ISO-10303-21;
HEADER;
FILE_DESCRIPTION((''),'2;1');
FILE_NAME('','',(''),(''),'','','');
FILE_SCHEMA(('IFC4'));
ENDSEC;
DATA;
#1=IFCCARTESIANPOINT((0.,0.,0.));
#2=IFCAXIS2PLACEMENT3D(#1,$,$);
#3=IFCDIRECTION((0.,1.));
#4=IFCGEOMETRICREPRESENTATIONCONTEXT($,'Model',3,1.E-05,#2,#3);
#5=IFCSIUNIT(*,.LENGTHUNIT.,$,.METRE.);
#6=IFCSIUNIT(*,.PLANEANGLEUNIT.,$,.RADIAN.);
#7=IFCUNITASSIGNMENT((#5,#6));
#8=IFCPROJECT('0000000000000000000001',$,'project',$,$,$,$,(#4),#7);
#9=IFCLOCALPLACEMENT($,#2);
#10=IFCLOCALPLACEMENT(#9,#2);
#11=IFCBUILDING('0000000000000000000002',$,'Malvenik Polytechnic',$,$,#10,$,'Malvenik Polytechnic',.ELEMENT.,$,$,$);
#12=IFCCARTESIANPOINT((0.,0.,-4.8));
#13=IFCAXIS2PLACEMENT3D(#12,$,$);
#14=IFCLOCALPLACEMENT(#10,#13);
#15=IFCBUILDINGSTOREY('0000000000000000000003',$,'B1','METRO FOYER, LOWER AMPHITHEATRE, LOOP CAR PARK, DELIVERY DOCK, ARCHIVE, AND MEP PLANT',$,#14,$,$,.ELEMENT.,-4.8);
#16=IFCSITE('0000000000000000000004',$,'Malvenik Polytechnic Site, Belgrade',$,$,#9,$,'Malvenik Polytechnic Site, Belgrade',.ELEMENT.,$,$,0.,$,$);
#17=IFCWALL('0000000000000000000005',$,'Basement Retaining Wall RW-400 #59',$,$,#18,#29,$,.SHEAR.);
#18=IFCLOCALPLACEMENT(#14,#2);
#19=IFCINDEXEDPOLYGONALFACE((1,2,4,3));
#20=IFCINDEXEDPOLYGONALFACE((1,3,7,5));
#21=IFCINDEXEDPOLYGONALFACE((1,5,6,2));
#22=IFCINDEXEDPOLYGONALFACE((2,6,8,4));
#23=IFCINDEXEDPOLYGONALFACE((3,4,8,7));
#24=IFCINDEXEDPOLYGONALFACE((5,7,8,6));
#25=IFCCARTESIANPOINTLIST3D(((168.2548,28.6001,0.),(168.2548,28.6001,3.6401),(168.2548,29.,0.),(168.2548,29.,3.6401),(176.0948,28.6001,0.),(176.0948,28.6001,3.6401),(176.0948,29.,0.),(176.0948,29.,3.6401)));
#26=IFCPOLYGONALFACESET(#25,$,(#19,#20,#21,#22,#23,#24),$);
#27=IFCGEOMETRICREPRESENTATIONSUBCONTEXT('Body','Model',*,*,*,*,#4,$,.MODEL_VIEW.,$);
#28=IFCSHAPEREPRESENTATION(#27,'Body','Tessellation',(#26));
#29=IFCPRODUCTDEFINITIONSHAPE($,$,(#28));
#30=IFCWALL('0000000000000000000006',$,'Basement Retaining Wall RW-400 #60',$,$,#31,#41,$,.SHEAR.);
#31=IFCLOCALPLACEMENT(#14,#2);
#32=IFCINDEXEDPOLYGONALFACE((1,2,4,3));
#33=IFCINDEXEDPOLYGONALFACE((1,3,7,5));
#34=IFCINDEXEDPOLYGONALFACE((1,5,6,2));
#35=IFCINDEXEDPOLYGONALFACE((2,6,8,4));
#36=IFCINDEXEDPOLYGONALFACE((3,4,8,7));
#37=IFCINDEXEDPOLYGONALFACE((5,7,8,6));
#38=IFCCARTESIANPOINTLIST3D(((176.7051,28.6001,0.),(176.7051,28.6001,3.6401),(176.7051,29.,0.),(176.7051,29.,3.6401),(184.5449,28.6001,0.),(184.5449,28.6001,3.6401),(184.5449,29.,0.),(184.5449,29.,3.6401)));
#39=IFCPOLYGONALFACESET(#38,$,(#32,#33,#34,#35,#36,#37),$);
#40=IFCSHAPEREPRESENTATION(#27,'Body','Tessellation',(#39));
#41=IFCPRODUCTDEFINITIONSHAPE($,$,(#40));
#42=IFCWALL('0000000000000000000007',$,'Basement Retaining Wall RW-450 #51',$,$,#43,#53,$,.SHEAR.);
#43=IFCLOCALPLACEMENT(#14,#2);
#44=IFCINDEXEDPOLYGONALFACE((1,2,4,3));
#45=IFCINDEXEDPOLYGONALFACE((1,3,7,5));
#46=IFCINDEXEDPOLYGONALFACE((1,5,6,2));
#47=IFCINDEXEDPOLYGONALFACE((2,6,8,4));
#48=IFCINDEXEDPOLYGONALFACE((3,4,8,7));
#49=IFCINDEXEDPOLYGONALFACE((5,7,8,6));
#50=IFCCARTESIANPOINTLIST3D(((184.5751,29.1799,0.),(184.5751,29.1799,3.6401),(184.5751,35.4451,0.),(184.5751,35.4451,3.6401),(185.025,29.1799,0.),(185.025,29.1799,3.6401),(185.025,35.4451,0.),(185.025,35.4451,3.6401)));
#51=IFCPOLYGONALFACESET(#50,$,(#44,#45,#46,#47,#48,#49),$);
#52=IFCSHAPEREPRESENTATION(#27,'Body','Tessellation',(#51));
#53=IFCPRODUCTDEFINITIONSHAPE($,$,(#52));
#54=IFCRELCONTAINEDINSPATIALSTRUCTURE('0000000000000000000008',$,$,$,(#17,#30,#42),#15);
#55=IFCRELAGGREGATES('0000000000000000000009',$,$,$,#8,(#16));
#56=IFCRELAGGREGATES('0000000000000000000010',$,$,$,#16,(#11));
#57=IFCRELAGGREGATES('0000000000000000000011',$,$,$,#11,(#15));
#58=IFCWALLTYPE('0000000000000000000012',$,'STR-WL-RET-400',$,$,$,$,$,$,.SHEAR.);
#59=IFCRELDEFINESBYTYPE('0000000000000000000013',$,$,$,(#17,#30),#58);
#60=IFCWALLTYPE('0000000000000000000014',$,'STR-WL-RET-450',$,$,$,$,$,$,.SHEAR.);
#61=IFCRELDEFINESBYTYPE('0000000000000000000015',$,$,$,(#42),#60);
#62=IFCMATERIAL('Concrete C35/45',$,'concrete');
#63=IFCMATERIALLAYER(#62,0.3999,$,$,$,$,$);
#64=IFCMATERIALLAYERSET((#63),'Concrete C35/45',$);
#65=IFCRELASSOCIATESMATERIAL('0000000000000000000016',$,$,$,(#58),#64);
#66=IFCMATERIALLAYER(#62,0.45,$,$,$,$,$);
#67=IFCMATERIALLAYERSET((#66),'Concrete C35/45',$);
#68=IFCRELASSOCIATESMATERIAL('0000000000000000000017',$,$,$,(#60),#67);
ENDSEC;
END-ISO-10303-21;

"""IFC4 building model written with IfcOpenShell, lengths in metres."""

from ifc_helpers import new_model, si_unit, direction, frame, frame_2d, origin, place, context, subcontext, project, spatial, rectangle, extrude, material, layer, layer_set, type_object, element, save


model = new_model("IFC4")

# Units and contexts
model_context = context("Model", 3, precision=1e-05, world=origin(), true_north=direction((0.0, 1.0)))
body_context = subcontext(model_context, "Body", "Model", "MODEL_VIEW")
ifc_project = project(units=[si_unit("LENGTHUNIT", "METRE"), si_unit("PLANEANGLEUNIT", "RADIAN")], contexts=[model_context])

# Site, building, storey
site_placement = place(None, origin())
site = spatial("IfcSite", under=ifc_project, at=site_placement, Name="Malvenik Polytechnic Site, Belgrade", LongName="Malvenik Polytechnic Site, Belgrade", CompositionType="ELEMENT", RefElevation=0.0)
building_placement = place(site_placement, origin())
building = spatial("IfcBuilding", under=site, at=building_placement, Name="Malvenik Polytechnic", LongName="Malvenik Polytechnic", CompositionType="ELEMENT")
storey_placement = place(building_placement, frame((0.0, 0.0, -4.8)))
storey = spatial("IfcBuildingStorey", under=building, at=storey_placement, Name="B1", Description="METRO FOYER, LOWER AMPHITHEATRE, LOOP CAR PARK, DELIVERY DOCK, ARCHIVE, AND MEP PLANT", CompositionType="ELEMENT", Elevation=-4.8)

# Shared definitions
ifc_material_1 = material(Name="Concrete C35/45", Category="concrete")

# Walls
ifc_layer_1 = layer(ifc_material_1, 0.3999)
ifc_layer_set_1 = layer_set([ifc_layer_1], Name="Concrete C35/45")
wall_type_1 = type_object("IfcWallType", Name="STR-WL-RET-400", PredefinedType="SHEAR", material=ifc_layer_set_1)
wall_1_placement = place(storey_placement, frame((168.2549, 28.8, 0.0), z_axis=(0.0, 0.0, 1.0), x_axis=(1.0, 0.0, 0.0)))
element("IfcWall", 1, at=wall_1_placement, inside=storey, type_object=wall_type_1, Name="Basement Retaining Wall RW-400 #59", PredefinedType="SHEAR", context=body_context, shape_type="SweptSolid", body=[
    extrude(rectangle(XDim=7.8401, YDim=0.3999, at=frame_2d((3.9199, 0.0))), origin(), (0.0, 0.0, 1.0), 3.6401),
])
wall_2_placement = place(storey_placement, frame((176.7051, 28.8, 0.0), z_axis=(0.0, 0.0, 1.0), x_axis=(1.0, 0.0, 0.0)))
element("IfcWall", 2, at=wall_2_placement, inside=storey, type_object=wall_type_1, Name="Basement Retaining Wall RW-400 #60", PredefinedType="SHEAR", context=body_context, shape_type="SweptSolid", body=[
    extrude(rectangle(XDim=7.8398, YDim=0.3999, at=frame_2d((3.9199, 0.0))), origin(), (0.0, 0.0, 1.0), 3.6401),
])
ifc_layer_2 = layer(ifc_material_1, 0.45)
ifc_layer_set_2 = layer_set([ifc_layer_2], Name="Concrete C35/45")
wall_type_2 = type_object("IfcWallType", Name="STR-WL-RET-450", PredefinedType="SHEAR", material=ifc_layer_set_2)
wall_3_placement = place(storey_placement, frame((184.8, 29.1799, 0.0), z_axis=(0.0, 0.0, 1.0), x_axis=(0.0, 1.0, 0.0)))
element("IfcWall", 3, at=wall_3_placement, inside=storey, type_object=wall_type_2, Name="Basement Retaining Wall RW-450 #51", PredefinedType="SHEAR", context=body_context, shape_type="SweptSolid", body=[
    extrude(rectangle(XDim=6.2651, YDim=0.45, at=frame_2d((3.1326, 0.0))), origin(), (0.0, 0.0, 1.0), 3.6401),
])

save(model, "model.ifc")
